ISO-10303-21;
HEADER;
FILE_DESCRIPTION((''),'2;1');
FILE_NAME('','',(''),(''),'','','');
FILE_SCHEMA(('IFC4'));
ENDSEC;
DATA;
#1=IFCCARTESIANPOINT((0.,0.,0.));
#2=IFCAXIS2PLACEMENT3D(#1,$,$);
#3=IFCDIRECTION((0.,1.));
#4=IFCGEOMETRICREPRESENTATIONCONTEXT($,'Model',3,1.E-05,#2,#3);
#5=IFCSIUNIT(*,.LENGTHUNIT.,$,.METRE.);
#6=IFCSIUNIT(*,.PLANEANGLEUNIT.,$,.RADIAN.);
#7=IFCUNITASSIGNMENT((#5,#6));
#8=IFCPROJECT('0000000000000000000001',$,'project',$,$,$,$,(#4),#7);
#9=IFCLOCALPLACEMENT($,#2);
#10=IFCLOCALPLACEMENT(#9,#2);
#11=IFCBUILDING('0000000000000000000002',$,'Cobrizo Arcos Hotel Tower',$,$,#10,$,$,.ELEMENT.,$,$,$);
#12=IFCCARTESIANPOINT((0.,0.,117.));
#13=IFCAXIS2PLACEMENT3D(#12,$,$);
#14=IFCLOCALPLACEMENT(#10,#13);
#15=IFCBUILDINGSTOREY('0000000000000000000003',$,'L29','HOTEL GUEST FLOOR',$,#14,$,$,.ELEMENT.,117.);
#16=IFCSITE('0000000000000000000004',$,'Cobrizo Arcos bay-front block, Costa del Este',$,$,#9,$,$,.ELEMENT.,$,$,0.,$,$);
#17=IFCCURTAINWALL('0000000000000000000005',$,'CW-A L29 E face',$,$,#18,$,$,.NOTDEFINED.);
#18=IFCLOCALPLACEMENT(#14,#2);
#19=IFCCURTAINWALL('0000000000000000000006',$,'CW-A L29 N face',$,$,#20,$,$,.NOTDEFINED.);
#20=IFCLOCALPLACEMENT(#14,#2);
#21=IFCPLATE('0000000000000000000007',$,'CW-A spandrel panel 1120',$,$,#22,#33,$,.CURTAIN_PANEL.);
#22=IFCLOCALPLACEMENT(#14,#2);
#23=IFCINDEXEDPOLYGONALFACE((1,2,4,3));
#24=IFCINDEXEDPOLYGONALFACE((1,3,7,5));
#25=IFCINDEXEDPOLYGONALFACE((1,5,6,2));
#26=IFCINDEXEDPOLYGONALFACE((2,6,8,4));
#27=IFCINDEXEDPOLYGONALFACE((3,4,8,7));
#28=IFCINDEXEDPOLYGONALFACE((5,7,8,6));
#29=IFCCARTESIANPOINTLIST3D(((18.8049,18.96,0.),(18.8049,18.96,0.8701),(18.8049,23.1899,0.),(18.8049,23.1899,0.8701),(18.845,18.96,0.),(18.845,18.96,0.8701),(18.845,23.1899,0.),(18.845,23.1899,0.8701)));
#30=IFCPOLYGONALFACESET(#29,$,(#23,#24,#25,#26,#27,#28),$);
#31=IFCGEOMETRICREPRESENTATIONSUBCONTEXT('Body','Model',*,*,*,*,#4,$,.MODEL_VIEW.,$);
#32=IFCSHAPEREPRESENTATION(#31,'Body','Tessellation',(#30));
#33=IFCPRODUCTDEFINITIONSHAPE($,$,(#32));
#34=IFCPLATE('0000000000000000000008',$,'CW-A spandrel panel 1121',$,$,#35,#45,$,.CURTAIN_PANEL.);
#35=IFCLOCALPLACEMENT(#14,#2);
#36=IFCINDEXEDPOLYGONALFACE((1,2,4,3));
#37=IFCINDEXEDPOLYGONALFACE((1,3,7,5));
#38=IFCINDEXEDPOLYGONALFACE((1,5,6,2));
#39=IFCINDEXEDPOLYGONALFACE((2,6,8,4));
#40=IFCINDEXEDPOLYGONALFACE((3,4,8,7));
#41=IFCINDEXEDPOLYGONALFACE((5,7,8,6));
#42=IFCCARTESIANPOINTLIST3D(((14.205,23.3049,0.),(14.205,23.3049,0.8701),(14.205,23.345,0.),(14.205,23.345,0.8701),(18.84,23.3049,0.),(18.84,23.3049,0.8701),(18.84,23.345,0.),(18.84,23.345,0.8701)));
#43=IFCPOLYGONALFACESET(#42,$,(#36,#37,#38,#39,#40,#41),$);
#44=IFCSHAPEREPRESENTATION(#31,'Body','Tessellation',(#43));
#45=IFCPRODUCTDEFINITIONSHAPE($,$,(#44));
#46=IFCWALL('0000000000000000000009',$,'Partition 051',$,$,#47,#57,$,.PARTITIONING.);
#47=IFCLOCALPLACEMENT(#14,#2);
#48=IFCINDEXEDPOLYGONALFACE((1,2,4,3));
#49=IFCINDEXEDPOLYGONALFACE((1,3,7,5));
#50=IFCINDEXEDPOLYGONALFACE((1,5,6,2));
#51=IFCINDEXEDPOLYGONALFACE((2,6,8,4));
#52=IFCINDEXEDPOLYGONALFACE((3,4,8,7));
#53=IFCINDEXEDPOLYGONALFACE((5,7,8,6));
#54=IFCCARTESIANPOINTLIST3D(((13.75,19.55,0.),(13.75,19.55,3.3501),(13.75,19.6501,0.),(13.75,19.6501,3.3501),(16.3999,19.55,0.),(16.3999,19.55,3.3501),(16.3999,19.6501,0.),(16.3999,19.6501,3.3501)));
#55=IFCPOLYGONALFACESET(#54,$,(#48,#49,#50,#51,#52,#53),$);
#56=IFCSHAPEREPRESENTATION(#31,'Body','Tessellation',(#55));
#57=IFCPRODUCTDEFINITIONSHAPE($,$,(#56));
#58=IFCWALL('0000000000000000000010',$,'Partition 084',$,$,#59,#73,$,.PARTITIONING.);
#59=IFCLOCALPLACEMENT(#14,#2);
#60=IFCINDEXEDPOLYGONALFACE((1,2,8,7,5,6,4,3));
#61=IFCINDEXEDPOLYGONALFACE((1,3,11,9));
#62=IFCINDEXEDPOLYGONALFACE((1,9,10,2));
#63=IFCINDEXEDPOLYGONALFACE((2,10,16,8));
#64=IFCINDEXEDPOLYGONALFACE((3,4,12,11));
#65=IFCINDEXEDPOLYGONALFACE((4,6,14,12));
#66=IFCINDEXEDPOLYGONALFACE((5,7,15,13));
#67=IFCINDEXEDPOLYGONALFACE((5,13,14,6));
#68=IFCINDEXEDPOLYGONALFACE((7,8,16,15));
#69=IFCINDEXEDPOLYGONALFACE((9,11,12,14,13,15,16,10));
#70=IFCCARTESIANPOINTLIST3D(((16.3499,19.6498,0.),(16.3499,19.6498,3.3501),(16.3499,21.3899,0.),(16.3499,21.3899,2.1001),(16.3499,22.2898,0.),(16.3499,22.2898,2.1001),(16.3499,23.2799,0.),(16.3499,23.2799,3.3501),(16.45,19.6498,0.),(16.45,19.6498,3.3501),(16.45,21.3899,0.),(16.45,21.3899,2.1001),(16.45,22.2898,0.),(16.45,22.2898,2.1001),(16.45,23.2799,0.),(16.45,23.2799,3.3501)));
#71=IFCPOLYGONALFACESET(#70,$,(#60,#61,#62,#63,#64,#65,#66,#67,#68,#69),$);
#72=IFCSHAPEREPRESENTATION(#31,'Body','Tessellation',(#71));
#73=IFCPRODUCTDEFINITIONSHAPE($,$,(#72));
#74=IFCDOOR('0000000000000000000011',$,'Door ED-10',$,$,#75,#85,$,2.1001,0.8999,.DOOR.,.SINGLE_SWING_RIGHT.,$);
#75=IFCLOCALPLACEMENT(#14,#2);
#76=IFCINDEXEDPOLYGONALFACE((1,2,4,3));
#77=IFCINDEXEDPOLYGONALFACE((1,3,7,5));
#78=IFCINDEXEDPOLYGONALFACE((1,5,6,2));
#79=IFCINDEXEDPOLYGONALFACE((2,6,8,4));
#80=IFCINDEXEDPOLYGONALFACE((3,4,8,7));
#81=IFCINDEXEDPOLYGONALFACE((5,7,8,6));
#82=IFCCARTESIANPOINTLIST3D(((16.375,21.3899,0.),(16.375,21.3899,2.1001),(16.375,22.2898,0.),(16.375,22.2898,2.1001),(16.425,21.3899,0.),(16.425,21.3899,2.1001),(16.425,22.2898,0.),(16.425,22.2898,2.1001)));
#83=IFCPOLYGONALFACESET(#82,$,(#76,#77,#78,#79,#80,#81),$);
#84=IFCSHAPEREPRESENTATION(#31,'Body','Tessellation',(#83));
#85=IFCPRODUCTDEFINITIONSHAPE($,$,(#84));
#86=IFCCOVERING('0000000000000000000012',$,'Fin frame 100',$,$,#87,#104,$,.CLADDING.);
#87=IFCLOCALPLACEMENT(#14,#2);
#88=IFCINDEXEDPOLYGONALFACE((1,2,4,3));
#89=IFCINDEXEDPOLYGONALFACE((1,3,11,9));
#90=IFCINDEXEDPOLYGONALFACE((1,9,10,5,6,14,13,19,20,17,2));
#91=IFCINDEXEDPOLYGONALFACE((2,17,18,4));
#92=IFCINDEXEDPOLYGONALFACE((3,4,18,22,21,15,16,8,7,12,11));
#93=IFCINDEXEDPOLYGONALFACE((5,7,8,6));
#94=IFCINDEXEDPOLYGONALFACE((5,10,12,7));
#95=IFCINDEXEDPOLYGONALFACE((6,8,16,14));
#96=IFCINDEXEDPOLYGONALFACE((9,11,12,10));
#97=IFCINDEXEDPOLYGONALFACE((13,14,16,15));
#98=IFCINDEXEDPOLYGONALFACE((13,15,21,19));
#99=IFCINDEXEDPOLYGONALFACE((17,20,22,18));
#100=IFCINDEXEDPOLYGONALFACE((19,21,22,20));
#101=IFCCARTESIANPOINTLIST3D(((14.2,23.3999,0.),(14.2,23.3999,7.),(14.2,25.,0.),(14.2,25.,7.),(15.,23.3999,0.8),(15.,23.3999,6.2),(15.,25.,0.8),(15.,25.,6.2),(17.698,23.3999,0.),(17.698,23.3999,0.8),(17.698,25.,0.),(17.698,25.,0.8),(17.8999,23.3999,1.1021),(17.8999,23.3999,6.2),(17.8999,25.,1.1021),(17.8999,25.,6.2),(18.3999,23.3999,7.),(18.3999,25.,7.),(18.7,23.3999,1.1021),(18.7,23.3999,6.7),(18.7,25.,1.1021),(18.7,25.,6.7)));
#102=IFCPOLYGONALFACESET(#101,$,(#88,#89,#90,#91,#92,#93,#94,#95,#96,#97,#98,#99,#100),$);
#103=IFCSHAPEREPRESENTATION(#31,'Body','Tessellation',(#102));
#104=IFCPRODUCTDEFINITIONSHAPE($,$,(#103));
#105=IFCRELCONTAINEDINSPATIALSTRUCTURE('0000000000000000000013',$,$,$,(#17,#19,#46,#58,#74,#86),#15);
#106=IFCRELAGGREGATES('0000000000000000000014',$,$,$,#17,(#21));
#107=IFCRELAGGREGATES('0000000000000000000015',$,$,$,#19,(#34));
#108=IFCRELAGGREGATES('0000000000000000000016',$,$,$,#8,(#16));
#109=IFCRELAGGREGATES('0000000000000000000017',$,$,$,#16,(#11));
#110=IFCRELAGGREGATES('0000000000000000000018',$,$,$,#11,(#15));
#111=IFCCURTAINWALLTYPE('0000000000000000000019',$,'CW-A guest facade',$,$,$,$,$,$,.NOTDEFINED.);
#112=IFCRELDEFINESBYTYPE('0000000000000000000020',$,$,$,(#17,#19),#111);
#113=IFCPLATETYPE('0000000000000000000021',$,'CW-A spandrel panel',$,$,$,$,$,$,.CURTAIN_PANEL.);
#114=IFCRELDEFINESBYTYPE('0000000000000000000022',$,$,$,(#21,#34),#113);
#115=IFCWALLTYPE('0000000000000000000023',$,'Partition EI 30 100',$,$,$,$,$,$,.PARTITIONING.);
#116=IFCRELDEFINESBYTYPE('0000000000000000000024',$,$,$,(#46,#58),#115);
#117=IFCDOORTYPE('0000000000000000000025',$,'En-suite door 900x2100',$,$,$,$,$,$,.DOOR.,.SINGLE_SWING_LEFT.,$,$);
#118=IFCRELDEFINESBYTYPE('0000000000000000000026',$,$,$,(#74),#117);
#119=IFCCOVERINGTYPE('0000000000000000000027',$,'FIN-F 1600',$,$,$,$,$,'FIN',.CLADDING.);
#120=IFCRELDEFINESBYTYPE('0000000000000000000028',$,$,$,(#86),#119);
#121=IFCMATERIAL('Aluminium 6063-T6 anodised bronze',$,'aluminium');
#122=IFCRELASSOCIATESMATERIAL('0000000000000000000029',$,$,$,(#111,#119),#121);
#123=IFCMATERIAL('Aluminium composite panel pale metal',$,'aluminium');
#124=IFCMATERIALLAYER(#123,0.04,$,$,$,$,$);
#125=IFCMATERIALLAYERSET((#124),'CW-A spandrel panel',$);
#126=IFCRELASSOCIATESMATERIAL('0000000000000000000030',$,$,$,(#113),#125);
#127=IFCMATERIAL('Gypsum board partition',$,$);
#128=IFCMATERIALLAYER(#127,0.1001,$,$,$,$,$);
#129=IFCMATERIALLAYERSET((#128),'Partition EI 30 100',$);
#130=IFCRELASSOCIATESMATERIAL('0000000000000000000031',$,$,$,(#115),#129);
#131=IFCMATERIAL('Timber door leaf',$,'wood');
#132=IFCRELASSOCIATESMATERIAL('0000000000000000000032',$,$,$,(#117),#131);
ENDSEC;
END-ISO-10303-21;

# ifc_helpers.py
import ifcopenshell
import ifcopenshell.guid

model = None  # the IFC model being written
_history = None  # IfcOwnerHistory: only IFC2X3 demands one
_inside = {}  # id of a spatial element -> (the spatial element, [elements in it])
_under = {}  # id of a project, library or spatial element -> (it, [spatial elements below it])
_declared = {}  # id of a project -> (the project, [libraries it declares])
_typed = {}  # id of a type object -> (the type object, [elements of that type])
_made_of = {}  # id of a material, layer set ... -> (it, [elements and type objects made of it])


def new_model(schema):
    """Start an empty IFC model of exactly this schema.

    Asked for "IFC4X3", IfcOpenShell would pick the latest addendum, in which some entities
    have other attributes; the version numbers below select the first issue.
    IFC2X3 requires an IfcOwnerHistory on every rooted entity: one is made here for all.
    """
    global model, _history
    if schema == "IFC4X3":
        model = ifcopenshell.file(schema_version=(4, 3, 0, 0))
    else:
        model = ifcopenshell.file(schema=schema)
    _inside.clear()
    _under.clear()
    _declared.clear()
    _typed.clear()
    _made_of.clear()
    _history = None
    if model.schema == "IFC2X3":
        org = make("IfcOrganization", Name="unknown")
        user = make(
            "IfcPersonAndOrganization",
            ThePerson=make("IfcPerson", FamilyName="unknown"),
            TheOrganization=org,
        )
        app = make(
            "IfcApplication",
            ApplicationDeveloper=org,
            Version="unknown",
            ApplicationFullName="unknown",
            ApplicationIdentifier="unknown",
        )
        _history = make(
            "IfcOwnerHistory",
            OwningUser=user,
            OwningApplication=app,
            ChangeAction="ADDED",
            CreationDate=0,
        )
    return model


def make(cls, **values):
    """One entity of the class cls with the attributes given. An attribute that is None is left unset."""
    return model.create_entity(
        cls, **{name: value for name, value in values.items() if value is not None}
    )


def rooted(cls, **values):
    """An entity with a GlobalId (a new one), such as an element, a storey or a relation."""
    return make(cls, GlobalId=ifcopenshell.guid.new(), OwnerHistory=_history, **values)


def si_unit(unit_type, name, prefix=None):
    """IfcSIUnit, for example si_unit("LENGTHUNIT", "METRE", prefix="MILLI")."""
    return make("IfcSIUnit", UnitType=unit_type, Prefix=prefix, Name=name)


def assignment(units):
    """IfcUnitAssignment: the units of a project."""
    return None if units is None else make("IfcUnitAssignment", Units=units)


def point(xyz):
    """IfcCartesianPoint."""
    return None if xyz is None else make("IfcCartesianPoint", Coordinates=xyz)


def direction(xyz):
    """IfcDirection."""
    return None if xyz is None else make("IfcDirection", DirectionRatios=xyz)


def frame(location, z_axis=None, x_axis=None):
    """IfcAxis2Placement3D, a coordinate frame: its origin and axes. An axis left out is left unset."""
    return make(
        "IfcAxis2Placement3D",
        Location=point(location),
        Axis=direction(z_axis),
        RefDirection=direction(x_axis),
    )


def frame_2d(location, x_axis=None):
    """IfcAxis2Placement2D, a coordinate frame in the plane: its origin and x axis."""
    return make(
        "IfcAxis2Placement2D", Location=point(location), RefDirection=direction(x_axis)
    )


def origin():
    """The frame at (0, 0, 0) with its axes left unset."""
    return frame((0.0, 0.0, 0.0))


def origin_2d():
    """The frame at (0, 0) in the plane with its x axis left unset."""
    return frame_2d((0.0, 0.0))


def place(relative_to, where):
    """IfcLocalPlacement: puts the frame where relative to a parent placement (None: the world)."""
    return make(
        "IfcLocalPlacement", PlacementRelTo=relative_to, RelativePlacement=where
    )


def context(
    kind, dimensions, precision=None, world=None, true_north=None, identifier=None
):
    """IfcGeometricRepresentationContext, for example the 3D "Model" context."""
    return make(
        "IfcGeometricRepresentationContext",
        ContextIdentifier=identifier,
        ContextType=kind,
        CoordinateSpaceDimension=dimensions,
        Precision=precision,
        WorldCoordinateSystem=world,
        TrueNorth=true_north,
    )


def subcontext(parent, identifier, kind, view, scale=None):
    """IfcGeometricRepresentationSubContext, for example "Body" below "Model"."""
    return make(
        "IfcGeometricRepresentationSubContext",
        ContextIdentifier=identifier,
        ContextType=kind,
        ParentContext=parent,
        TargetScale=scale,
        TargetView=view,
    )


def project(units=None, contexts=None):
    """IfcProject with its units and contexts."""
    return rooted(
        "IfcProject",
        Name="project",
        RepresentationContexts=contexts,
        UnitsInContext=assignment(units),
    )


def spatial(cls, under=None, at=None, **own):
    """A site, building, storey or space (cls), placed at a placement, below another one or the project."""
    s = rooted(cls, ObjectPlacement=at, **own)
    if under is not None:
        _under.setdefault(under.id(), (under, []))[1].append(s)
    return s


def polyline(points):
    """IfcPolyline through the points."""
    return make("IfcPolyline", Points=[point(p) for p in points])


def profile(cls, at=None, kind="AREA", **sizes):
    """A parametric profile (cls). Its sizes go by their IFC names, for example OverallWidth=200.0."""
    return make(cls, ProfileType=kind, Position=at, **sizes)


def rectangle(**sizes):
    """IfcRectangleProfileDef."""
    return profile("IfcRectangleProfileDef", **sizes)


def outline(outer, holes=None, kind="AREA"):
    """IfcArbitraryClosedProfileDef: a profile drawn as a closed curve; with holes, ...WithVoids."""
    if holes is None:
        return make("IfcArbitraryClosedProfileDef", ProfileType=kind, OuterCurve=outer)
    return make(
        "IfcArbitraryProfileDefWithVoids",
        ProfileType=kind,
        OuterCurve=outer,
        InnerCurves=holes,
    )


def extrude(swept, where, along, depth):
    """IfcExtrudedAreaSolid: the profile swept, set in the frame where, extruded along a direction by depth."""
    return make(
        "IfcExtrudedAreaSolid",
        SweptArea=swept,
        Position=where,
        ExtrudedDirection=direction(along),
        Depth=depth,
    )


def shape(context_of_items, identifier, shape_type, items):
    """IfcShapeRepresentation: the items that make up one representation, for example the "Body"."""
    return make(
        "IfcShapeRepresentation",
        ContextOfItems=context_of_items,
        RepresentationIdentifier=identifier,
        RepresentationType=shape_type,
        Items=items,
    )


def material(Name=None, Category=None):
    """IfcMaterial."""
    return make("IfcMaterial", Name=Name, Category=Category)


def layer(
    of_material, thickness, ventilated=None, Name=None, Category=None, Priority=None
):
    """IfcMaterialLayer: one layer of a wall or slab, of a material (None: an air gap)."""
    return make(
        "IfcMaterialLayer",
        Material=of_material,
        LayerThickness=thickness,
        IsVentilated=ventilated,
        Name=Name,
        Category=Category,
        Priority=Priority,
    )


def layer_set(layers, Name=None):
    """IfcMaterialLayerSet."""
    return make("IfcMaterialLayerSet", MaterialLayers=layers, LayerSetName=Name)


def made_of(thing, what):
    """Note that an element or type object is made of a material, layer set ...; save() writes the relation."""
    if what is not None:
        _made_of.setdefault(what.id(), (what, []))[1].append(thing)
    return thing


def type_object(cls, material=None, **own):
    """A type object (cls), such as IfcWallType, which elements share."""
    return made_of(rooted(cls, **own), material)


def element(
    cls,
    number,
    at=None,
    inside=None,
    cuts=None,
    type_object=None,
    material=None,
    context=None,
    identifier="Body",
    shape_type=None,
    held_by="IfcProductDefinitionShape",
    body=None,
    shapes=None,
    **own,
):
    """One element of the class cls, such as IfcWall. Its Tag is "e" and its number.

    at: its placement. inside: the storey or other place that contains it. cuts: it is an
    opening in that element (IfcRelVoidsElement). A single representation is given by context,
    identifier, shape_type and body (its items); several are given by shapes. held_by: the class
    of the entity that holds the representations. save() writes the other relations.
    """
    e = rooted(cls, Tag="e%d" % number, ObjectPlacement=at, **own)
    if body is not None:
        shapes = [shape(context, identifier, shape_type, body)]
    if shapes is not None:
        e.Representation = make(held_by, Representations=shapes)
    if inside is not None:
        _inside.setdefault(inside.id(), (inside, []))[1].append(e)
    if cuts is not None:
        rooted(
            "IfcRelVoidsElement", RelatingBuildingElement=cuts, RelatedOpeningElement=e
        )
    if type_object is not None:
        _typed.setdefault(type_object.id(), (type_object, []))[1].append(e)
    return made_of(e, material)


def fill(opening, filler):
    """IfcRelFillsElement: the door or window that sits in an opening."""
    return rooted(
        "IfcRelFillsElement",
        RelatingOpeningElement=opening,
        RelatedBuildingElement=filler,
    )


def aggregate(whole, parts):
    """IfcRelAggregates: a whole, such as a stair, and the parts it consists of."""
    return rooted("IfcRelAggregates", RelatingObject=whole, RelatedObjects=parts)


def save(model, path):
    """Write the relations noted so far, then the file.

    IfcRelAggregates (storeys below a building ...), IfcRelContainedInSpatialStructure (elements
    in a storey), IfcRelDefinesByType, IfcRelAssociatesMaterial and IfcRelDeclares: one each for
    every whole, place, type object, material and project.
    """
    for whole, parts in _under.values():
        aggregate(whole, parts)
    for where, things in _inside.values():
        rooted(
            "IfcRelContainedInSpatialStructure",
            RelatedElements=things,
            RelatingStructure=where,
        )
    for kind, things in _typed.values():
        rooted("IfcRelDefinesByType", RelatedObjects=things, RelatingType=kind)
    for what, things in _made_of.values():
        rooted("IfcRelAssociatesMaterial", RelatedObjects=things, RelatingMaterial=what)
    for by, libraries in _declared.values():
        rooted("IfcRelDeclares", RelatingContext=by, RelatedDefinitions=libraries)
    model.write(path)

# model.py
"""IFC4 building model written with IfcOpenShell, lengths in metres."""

from ifc_helpers import new_model, si_unit, direction, frame, frame_2d, origin, origin_2d, place, context, subcontext, project, spatial, polyline, rectangle, outline, extrude, material, layer, layer_set, type_object, element, fill, aggregate, save


model = new_model("IFC4")

# Units and contexts
model_context = context("Model", 3, precision=1e-05, world=origin(), true_north=direction((0.0, 1.0)))
body_context = subcontext(model_context, "Body", "Model", "MODEL_VIEW")
ifc_project = project(units=[si_unit("LENGTHUNIT", "METRE"), si_unit("PLANEANGLEUNIT", "RADIAN")], contexts=[model_context])

# Site, building, storey
site_placement = place(None, origin())
site = spatial("IfcSite", under=ifc_project, at=site_placement, Name="Cobrizo Arcos bay-front block, Costa del Este", CompositionType="ELEMENT", RefElevation=0.0)
building_placement = place(site_placement, origin())
building = spatial("IfcBuilding", under=site, at=building_placement, Name="Cobrizo Arcos Hotel Tower", CompositionType="ELEMENT")
storey_placement = place(building_placement, frame((0.0, 0.0, 117.0)))
storey = spatial("IfcBuildingStorey", under=building, at=storey_placement, Name="L29", Description="HOTEL GUEST FLOOR", CompositionType="ELEMENT", Elevation=117.0)

# Shared definitions
ifc_material_1 = material(Name="Aluminium 6063-T6 anodised bronze", Category="aluminium")
curtain_wall_type = type_object("IfcCurtainWallType", Name="CW-A guest facade", PredefinedType="NOTDEFINED", material=ifc_material_1)

# Curtain walls
curtain_wall_1_placement = place(storey_placement, origin())
curtain_wall_1 = element("IfcCurtainWall", 1, at=curtain_wall_1_placement, inside=storey, type_object=curtain_wall_type, Name="CW-A L29 E face", PredefinedType="NOTDEFINED")
curtain_wall_2_placement = place(storey_placement, origin())
curtain_wall_2 = element("IfcCurtainWall", 2, at=curtain_wall_2_placement, inside=storey, type_object=curtain_wall_type, Name="CW-A L29 N face", PredefinedType="NOTDEFINED")

# Plates
ifc_material_2 = material(Name="Aluminium composite panel pale metal", Category="aluminium")
ifc_layer_1 = layer(ifc_material_2, 0.04)
ifc_layer_set_1 = layer_set([ifc_layer_1], Name="CW-A spandrel panel")
plate_type_1 = type_object("IfcPlateType", Name="CW-A spandrel panel", PredefinedType="CURTAIN_PANEL", material=ifc_layer_set_1)
plate_1_placement = place(storey_placement, frame((18.825, 21.075, 0.0), z_axis=(0.0, 0.0, 1.0), x_axis=(0.0, 1.0, 0.0)))
plate_1 = element("IfcPlate", 3, at=plate_1_placement, type_object=plate_type_1, Name="CW-A spandrel panel 1120", PredefinedType="CURTAIN_PANEL", context=body_context, shape_type="SweptSolid", body=[
    extrude(rectangle(XDim=4.23, YDim=0.04, at=origin_2d()), origin(), (0.0, 0.0, 1.0), 0.8701),
])
aggregate(curtain_wall_1, [plate_1])
plate_2_placement = place(storey_placement, frame((16.5225, 23.325, 0.0), z_axis=(0.0, 0.0, 1.0), x_axis=(-1.0, 0.0, 0.0)))
plate_2 = element("IfcPlate", 4, at=plate_2_placement, type_object=plate_type_1, Name="CW-A spandrel panel 1121", PredefinedType="CURTAIN_PANEL", context=body_context, shape_type="SweptSolid", body=[
    extrude(rectangle(XDim=4.635, YDim=0.04, at=origin_2d()), origin(), (0.0, 0.0, 1.0), 0.8701),
])
aggregate(curtain_wall_2, [plate_2])

# Wall
ifc_material_3 = material(Name="Gypsum board partition")
ifc_layer_2 = layer(ifc_material_3, 0.1001)
ifc_layer_set_2 = layer_set([ifc_layer_2], Name="Partition EI 30 100")
wall_type = type_object("IfcWallType", Name="Partition EI 30 100", PredefinedType="PARTITIONING", material=ifc_layer_set_2)
wall_1_placement = place(storey_placement, frame((13.75, 19.6001, 0.0), z_axis=(0.0, 0.0, 1.0), x_axis=(1.0, 0.0, 0.0)))
element("IfcWall", 5, at=wall_1_placement, inside=storey, type_object=wall_type, Name="Partition 051", PredefinedType="PARTITIONING", context=body_context, shape_type="SweptSolid", body=[
    extrude(rectangle(XDim=2.6499, YDim=0.1001, at=frame_2d((1.325, 0.0))), origin(), (0.0, 0.0, 1.0), 3.3501),
])

# Wall, opening, door
wall_2_placement = place(storey_placement, frame((16.3999, 19.6499, 0.0), z_axis=(0.0, 0.0, 1.0), x_axis=(0.0, 1.0, 0.0)))
wall_2 = element("IfcWall", 6, at=wall_2_placement, inside=storey, type_object=wall_type, Name="Partition 084", PredefinedType="PARTITIONING", context=body_context, shape_type="SweptSolid", body=[
    extrude(rectangle(XDim=3.6301, YDim=0.1001, at=frame_2d((1.8149, 0.0))), origin(), (0.0, 0.0, 1.0), 3.3501),
])
opening_placement = place(wall_2_placement, frame((1.74, 0.0, 0.0)))
opening = element("IfcOpeningElement", 7, at=opening_placement, cuts=wall_2, PredefinedType="OPENING", context=body_context, shape_type="SweptSolid", body=[
    extrude(rectangle(XDim=0.8999, YDim=2.1001, at=frame_2d((0.45, 1.05))), frame((0.0, 0.062, 0.0), z_axis=(0.0, -1.0, 0.0), x_axis=(1.0, 0.0, 0.0)), (0.0, 0.0, 1.0), 0.124),
])
ifc_material_4 = material(Name="Timber door leaf", Category="wood")
door_type = type_object("IfcDoorType", Name="En-suite door 900x2100", OperationType="SINGLE_SWING_LEFT", PredefinedType="DOOR", material=ifc_material_4)
door_placement = place(opening_placement, origin())
door = element("IfcDoor", 8, at=door_placement, inside=storey, type_object=door_type, Name="Door ED-10", OperationType="SINGLE_SWING_RIGHT", OverallHeight=2.1001, OverallWidth=0.8999, PredefinedType="DOOR", context=body_context, shape_type="SweptSolid", body=[
    extrude(rectangle(XDim=0.8999, YDim=2.1001, at=frame_2d((0.45, 1.05))), frame((0.0, 0.0249, 0.0), z_axis=(0.0, -1.0, 0.0), x_axis=(1.0, 0.0, 0.0)), (0.0, 0.0, 1.0), 0.05),
])
fill(opening, door)

# Covering
covering_type = type_object("IfcCoveringType", Name="FIN-F 1600", ElementType="FIN", PredefinedType="CLADDING", material=ifc_material_1)
covering_placement = place(storey_placement, frame((18.7, 23.3999, 0.0), z_axis=(0.0, 1.0, 0.0), x_axis=(-1.0, 0.0, 0.0)))
element("IfcCovering", 9, at=covering_placement, inside=storey, type_object=covering_type, Name="Fin frame 100", PredefinedType="CLADDING", context=body_context, shape_type="SweptSolid", body=[
    extrude(outline(polyline([(0.0, 6.7), (0.0, 1.1021), (0.8, 1.1021), (0.8, 6.2), (3.7, 6.2), (3.7, 0.8), (1.002, 0.8), (1.002, 0.0), (4.5, 0.0), (4.5, 7.0), (0.3, 7.0), (0.0, 6.7)])), origin(), (0.0, 0.0, 1.0), 1.6001),
])

save(model, "model.ifc")
